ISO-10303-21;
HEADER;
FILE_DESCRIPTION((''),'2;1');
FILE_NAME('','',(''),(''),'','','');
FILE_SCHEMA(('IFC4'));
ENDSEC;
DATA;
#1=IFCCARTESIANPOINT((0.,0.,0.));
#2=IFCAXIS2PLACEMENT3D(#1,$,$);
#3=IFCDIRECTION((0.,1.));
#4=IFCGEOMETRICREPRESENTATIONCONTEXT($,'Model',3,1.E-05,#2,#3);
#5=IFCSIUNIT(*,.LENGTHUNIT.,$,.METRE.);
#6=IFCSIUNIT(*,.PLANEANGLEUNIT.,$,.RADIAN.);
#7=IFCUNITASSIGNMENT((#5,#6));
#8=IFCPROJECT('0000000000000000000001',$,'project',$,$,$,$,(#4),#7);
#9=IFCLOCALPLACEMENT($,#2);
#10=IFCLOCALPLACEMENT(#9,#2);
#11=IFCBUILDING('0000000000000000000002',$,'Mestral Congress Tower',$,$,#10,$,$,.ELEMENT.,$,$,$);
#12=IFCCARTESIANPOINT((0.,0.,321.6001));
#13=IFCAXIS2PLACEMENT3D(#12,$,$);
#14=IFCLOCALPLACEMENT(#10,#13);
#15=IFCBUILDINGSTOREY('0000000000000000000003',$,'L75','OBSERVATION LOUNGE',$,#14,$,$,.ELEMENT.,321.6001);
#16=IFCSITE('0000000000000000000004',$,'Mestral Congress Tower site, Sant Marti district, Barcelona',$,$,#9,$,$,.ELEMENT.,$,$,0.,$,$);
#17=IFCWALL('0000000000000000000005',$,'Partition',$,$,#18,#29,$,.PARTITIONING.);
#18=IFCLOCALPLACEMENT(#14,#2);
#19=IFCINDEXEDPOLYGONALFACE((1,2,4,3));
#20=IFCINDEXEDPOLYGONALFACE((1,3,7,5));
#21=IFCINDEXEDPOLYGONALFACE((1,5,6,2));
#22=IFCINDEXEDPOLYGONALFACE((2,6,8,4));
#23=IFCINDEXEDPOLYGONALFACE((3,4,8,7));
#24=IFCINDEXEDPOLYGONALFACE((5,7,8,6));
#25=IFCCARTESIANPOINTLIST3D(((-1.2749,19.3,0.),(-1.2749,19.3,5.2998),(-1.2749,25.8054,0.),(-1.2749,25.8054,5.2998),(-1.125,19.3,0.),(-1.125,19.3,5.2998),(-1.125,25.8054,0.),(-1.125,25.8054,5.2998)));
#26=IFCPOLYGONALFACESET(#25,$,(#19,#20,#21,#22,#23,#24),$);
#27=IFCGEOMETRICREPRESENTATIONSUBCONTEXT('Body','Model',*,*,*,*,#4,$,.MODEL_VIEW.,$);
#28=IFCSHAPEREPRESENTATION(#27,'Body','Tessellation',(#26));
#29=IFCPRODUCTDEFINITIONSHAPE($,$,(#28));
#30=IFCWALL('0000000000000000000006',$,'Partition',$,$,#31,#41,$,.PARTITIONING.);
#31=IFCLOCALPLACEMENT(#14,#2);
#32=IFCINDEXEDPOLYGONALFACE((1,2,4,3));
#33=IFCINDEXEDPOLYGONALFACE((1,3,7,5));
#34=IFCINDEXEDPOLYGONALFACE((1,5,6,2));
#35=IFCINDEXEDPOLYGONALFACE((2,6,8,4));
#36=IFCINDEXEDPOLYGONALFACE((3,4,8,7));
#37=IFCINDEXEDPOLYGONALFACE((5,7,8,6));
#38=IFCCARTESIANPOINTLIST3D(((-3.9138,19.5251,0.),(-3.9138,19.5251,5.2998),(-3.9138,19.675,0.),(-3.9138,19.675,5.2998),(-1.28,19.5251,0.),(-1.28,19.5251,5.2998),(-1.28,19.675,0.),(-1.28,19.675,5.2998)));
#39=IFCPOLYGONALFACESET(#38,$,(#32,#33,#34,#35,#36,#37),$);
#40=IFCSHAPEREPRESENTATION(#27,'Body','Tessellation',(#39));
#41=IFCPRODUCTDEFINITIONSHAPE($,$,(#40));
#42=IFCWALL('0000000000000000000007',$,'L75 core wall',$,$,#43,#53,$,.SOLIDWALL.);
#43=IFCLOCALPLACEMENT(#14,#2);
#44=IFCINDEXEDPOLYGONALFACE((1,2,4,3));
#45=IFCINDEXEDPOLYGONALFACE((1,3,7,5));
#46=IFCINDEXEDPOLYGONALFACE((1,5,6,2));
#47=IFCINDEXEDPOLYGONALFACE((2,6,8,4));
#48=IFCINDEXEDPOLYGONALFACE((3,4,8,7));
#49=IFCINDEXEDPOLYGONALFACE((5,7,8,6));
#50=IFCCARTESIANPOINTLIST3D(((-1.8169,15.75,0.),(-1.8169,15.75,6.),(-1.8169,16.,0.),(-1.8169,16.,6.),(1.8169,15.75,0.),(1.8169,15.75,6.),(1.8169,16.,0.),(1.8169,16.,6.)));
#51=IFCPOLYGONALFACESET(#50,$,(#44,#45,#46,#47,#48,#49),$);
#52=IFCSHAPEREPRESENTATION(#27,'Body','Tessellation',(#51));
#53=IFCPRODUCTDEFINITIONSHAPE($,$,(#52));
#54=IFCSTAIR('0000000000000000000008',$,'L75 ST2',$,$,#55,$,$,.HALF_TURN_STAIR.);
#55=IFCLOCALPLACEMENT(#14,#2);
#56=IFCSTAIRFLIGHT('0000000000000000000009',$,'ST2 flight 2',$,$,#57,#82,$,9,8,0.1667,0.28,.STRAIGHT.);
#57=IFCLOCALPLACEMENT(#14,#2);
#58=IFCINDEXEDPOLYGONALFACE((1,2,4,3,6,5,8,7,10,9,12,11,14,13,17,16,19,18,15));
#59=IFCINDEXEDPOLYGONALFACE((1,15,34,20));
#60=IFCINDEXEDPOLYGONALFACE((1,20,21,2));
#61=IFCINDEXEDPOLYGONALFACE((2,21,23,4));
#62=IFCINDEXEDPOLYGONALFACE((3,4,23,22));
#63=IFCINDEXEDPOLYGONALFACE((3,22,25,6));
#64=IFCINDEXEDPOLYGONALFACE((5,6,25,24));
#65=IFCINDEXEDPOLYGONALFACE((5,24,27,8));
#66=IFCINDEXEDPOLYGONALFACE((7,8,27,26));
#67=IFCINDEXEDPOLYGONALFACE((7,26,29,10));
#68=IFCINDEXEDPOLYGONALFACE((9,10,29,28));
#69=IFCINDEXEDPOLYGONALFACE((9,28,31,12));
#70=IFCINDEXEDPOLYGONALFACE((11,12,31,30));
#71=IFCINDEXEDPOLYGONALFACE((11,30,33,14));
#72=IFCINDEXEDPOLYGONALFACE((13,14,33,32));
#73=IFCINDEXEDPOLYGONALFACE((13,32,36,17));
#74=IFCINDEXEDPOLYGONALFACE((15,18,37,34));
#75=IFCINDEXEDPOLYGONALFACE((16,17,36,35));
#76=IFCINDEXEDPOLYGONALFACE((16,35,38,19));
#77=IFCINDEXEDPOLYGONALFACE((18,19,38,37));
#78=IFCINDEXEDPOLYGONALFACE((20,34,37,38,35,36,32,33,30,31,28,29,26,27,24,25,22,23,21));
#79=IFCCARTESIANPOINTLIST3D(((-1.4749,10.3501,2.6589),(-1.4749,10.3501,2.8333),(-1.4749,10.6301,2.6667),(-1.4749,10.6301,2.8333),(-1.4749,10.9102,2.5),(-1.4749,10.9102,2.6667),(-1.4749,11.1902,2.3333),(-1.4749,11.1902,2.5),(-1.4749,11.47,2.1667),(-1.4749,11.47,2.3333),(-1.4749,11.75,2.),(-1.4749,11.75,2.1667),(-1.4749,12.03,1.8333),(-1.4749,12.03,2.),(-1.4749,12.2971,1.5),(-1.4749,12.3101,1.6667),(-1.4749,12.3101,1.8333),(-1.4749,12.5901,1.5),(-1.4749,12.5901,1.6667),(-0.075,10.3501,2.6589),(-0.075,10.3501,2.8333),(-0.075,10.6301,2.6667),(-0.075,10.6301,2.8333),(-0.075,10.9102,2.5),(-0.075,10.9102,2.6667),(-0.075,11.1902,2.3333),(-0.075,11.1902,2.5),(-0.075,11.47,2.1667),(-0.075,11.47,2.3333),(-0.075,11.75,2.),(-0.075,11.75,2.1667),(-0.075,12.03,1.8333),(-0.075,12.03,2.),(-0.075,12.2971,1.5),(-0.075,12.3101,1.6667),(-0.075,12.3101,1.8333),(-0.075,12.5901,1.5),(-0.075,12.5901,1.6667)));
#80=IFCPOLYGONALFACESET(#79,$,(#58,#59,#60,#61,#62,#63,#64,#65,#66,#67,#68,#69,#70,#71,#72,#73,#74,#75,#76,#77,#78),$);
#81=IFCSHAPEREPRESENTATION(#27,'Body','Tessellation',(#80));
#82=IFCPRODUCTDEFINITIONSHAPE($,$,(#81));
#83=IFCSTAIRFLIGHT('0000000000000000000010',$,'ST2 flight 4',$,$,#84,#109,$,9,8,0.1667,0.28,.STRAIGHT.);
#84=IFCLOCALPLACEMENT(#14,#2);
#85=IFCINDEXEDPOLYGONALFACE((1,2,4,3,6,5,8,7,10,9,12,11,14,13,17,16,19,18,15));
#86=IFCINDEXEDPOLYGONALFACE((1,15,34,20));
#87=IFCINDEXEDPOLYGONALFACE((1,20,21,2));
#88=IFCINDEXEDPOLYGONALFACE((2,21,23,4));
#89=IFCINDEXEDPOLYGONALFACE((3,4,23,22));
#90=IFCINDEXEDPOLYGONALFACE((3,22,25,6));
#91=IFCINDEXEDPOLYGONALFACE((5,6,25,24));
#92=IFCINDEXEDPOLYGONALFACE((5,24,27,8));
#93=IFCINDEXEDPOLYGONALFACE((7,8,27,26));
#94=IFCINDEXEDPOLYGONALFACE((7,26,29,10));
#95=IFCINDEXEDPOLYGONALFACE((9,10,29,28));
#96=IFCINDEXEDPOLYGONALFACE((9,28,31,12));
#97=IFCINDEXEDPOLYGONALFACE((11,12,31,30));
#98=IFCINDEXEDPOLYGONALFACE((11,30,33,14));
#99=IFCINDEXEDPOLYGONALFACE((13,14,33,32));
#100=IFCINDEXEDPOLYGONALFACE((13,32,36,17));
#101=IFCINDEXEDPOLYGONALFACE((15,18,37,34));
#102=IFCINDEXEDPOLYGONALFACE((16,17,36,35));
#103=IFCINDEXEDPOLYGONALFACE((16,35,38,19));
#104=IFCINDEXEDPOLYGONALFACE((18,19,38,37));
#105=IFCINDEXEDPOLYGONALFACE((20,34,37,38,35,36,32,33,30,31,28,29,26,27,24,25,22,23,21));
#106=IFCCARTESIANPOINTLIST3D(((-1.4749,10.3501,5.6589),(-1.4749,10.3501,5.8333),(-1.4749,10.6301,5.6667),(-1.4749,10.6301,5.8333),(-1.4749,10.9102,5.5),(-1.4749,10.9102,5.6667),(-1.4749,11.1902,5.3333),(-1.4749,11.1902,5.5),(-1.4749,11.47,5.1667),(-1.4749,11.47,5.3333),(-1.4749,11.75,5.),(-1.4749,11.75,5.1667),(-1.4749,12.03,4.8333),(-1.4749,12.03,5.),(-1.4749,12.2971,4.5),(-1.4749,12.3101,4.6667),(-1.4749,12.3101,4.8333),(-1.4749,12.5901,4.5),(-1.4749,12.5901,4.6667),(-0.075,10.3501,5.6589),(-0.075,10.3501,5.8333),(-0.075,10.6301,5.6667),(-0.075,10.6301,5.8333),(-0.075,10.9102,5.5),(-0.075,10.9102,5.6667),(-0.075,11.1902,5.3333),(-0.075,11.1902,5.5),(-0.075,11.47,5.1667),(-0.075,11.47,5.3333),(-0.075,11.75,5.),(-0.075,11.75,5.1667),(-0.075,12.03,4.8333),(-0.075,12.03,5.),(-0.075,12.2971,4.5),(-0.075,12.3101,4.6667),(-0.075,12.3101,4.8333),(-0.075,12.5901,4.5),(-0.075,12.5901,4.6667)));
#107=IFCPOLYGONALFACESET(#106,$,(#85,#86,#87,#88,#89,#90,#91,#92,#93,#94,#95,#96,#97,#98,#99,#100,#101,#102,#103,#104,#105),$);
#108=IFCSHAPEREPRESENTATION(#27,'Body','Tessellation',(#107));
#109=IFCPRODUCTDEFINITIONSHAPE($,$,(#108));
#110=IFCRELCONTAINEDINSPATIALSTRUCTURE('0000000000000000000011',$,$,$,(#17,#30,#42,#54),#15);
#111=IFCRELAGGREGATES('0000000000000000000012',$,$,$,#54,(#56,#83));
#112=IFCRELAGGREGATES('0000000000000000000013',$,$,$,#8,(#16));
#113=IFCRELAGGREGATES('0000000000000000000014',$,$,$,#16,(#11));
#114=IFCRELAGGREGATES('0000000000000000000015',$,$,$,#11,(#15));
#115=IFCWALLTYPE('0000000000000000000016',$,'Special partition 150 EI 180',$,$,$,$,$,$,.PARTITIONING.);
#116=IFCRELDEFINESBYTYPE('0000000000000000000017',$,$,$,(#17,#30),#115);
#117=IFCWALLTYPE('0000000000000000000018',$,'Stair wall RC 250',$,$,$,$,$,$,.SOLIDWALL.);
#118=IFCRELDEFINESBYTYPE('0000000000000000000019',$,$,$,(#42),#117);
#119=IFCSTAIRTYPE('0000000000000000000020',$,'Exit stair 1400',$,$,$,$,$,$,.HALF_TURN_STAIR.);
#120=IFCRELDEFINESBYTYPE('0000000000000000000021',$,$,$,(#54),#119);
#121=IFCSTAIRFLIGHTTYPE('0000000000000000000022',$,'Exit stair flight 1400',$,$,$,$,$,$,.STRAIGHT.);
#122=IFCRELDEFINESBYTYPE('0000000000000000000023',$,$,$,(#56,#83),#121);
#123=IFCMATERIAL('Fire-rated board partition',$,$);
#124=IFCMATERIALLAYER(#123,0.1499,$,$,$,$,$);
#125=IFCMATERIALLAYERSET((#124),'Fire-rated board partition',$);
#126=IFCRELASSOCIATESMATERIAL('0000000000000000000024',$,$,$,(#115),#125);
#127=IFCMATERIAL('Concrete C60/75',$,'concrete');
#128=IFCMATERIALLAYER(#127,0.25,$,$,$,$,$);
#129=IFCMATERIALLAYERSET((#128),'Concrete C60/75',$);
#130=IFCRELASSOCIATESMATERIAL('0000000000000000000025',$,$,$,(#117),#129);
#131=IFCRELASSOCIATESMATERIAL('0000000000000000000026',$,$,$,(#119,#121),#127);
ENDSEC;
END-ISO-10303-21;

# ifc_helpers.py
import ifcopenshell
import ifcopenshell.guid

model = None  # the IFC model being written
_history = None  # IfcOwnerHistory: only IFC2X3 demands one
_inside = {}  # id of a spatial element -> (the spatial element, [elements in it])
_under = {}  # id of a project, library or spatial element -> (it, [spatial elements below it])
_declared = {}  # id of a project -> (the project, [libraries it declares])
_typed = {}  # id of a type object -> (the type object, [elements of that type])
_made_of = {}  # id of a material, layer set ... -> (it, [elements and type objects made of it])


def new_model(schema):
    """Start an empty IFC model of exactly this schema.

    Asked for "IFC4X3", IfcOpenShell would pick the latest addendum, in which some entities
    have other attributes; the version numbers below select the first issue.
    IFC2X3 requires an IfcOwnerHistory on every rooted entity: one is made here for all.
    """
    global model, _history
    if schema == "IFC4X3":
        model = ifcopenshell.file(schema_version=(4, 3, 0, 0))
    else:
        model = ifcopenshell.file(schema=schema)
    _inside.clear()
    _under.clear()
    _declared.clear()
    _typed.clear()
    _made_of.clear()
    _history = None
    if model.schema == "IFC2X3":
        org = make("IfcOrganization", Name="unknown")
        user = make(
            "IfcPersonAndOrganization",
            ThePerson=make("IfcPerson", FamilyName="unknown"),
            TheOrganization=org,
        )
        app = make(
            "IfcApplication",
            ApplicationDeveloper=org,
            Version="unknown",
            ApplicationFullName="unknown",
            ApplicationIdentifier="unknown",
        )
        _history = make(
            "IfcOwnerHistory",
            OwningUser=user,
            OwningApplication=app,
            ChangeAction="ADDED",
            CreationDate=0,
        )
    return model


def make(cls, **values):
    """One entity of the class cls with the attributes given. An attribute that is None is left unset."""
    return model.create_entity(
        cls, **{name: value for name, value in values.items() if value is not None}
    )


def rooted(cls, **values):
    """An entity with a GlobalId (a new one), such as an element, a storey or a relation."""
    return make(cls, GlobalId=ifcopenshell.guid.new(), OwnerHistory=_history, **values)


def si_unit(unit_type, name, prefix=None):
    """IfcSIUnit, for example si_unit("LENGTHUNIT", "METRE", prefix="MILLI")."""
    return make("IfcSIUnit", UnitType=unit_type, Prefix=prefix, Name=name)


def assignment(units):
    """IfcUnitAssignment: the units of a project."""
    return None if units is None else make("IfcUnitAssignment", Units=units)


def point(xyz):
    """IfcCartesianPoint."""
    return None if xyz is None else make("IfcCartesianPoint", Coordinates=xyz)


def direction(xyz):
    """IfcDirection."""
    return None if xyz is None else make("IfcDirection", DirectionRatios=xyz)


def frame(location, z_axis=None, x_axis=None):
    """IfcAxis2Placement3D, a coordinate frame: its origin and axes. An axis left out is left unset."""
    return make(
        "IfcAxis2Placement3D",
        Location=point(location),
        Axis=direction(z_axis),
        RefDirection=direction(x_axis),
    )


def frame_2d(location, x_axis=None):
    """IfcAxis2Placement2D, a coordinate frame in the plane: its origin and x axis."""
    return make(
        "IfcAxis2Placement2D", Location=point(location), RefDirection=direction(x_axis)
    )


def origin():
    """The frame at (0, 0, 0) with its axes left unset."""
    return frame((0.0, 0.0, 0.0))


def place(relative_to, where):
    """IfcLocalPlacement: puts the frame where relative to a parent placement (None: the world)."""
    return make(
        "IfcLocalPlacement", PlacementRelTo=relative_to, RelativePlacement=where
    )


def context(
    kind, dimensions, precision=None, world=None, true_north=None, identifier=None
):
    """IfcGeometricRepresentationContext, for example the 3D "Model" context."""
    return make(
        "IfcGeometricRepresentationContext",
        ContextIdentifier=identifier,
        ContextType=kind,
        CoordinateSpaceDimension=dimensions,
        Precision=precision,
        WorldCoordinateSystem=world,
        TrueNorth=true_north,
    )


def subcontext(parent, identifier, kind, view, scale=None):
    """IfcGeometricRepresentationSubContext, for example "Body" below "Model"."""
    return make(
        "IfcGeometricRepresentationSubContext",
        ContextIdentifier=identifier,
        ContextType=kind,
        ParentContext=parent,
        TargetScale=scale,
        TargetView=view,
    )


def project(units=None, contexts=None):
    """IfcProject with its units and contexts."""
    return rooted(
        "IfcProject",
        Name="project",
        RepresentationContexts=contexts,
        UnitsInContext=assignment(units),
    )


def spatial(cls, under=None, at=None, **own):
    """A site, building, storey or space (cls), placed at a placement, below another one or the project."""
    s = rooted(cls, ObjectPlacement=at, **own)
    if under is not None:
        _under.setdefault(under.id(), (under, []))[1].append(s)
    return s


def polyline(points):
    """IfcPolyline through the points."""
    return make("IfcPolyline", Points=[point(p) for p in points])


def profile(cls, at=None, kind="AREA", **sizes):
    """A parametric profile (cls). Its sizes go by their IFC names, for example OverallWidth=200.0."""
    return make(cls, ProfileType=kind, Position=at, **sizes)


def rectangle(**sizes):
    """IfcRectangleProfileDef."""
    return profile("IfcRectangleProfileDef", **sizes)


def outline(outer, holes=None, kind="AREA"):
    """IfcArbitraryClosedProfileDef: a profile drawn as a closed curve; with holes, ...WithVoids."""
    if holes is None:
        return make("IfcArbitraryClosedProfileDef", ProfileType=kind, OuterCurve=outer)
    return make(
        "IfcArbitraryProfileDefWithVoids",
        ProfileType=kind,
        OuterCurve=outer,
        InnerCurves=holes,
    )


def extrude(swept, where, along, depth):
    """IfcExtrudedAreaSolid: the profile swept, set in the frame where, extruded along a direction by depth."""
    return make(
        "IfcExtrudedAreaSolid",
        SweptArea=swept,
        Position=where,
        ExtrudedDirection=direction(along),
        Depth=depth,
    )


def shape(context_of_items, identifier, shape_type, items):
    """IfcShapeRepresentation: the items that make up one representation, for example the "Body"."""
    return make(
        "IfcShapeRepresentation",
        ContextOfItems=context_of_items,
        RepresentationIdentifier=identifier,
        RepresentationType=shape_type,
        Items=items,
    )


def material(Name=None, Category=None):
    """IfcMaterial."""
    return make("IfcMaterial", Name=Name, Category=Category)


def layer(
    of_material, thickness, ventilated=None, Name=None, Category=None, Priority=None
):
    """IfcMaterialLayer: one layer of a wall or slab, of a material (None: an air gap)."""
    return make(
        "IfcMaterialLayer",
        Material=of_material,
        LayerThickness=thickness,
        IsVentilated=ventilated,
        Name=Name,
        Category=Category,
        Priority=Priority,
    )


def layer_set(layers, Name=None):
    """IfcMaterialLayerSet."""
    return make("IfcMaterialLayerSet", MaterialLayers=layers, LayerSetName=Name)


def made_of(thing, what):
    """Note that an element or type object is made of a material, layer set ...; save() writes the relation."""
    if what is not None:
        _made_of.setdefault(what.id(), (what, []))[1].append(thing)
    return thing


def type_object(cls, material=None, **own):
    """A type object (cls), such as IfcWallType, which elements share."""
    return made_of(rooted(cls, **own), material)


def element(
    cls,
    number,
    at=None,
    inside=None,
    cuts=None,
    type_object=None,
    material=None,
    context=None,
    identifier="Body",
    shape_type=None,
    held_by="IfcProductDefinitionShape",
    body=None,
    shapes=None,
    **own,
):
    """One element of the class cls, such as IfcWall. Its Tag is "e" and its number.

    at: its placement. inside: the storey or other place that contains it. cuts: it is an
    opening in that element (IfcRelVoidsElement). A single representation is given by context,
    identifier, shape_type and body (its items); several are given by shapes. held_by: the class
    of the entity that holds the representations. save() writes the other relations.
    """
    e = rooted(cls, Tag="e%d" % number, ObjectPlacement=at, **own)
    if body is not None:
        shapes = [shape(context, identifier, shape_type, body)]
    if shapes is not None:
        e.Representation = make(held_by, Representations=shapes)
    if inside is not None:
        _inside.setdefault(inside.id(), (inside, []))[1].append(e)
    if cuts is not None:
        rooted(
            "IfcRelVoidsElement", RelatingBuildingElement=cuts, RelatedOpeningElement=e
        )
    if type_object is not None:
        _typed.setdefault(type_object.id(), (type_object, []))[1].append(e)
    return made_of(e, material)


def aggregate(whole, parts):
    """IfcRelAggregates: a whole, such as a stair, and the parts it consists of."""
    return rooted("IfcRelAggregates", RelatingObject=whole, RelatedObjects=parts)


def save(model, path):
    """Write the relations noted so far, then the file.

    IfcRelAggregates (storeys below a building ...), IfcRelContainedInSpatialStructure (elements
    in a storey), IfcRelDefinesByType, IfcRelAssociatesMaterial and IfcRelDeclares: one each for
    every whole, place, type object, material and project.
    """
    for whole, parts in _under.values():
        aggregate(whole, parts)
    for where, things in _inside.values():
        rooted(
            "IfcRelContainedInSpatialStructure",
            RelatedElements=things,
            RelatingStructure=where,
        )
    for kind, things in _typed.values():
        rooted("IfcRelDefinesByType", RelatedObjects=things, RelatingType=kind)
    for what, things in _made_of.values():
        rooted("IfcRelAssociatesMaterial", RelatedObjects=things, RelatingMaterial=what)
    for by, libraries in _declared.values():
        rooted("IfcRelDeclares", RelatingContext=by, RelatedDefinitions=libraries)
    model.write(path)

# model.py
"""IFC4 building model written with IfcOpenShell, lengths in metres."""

from ifc_helpers import new_model, si_unit, direction, frame, frame_2d, origin, place, context, subcontext, project, spatial, polyline, rectangle, outline, extrude, material, layer, layer_set, type_object, element, aggregate, save


model = new_model("IFC4")

# Units and contexts
model_context = context("Model", 3, precision=1e-05, world=origin(), true_north=direction((0.0, 1.0)))
body_context = subcontext(model_context, "Body", "Model", "MODEL_VIEW")
ifc_project = project(units=[si_unit("LENGTHUNIT", "METRE"), si_unit("PLANEANGLEUNIT", "RADIAN")], contexts=[model_context])

# Site, building, storey
site_placement = place(None, origin())
site = spatial("IfcSite", under=ifc_project, at=site_placement, Name="Mestral Congress Tower site, Sant Marti district, Barcelona", CompositionType="ELEMENT", RefElevation=0.0)
building_placement = place(site_placement, origin())
building = spatial("IfcBuilding", under=site, at=building_placement, Name="Mestral Congress Tower", CompositionType="ELEMENT")
storey_placement = place(building_placement, frame((0.0, 0.0, 321.6001)))
storey = spatial("IfcBuildingStorey", under=building, at=storey_placement, Name="L75", Description="OBSERVATION LOUNGE", CompositionType="ELEMENT", Elevation=321.6001)

# Shared definitions
ifc_material_1 = material(Name="Concrete C60/75", Category="concrete")

# Shared definitions
placement = place(storey_placement, origin())

# Shared definitions
ifc_material_2 = material(Name="Fire-rated board partition")
ifc_layer_1 = layer(ifc_material_2, 0.1499)
ifc_layer_set_1 = layer_set([ifc_layer_1], Name="Fire-rated board partition")
wall_type_1 = type_object("IfcWallType", Name="Special partition 150 EI 180", PredefinedType="PARTITIONING", material=ifc_layer_set_1)

# Walls
wall_1_placement = place(storey_placement, frame((-1.2, 19.3, 0.0), z_axis=(0.0, 0.0, 1.0), x_axis=(0.0, 1.0, 0.0)))
element("IfcWall", 1, at=wall_1_placement, inside=storey, type_object=wall_type_1, Name="Partition", PredefinedType="PARTITIONING", context=body_context, shape_type="SweptSolid", body=[
    extrude(rectangle(XDim=6.5054, YDim=0.1499, at=frame_2d((3.2527, 0.0))), origin(), (0.0, 0.0, 1.0), 5.2998),
])
wall_2_placement = place(storey_placement, frame((-3.9138, 19.6001, 0.0), z_axis=(0.0, 0.0, 1.0), x_axis=(1.0, 0.0, 0.0)))
element("IfcWall", 2, at=wall_2_placement, inside=storey, type_object=wall_type_1, Name="Partition", PredefinedType="PARTITIONING", context=body_context, shape_type="SweptSolid", body=[
    extrude(rectangle(XDim=2.6338, YDim=0.1499, at=frame_2d((1.3169, 0.0))), origin(), (0.0, 0.0, 1.0), 5.2998),
])
ifc_layer_2 = layer(ifc_material_1, 0.25)
ifc_layer_set_2 = layer_set([ifc_layer_2], Name="Concrete C60/75")
wall_type_2 = type_object("IfcWallType", Name="Stair wall RC 250", PredefinedType="SOLIDWALL", material=ifc_layer_set_2)
wall_3_placement = place(storey_placement, frame((-1.8169, 15.875, 0.0), z_axis=(0.0, 0.0, 1.0), x_axis=(1.0, 0.0, 0.0)))
element("IfcWall", 3, at=wall_3_placement, inside=storey, type_object=wall_type_2, Name="L75 core wall", PredefinedType="SOLIDWALL", context=body_context, shape_type="SweptSolid", body=[
    extrude(rectangle(XDim=3.6338, YDim=0.25, at=frame_2d((1.8169, 0.0))), origin(), (0.0, 0.0, 1.0), 6.0),
])

# Stair, stair flights
stair_type = type_object("IfcStairType", Name="Exit stair 1400", PredefinedType="HALF_TURN_STAIR", material=ifc_material_1)
stair = element("IfcStair", 4, at=placement, inside=storey, type_object=stair_type, Name="L75 ST2", PredefinedType="HALF_TURN_STAIR")
stair_flight_type = type_object("IfcStairFlightType", Name="Exit stair flight 1400", PredefinedType="STRAIGHT", material=ifc_material_1)
stair_flight_1_placement = place(storey_placement, frame((-0.7749, 12.5901, 1.5), z_axis=(0.0, 0.0, 1.0), x_axis=(0.0, -1.0, 0.0)))
stair_flight_1 = element("IfcStairFlight", 5, at=stair_flight_1_placement, type_object=stair_flight_type, Name="ST2 flight 2", NumberOfRisers=9, NumberOfTreads=8, PredefinedType="STRAIGHT", RiserHeight=0.1667, TreadLength=0.28, context=body_context, shape_type="SweptSolid", body=[
    extrude(outline(polyline([(0.0, 0.0), (0.0, 0.1667), (0.28, 0.1667), (0.28, 0.3333), (0.5601, 0.3333), (0.5601, 0.5), (0.8401, 0.5), (0.8401, 0.6667), (1.1201, 0.6667), (1.1201, 0.8333), (1.3999, 0.8333), (1.3999, 1.0), (1.6799, 1.0), (1.6799, 1.1667), (1.96, 1.1667), (1.96, 1.3333), (2.24, 1.3333), (2.24, 1.5), (2.24, 1.1589), (0.293, 0.0), (0.0, 0.0)])), frame((0.0, 0.7, 0.0), z_axis=(0.0, -1.0, 0.0), x_axis=(1.0, 0.0, 0.0)), (0.0, 0.0, 1.0), 1.3999),
])
stair_flight_2_placement = place(storey_placement, frame((-0.7749, 12.5901, 4.5), z_axis=(0.0, 0.0, 1.0), x_axis=(0.0, -1.0, 0.0)))
stair_flight_2 = element("IfcStairFlight", 6, at=stair_flight_2_placement, type_object=stair_flight_type, Name="ST2 flight 4", NumberOfRisers=9, NumberOfTreads=8, PredefinedType="STRAIGHT", RiserHeight=0.1667, TreadLength=0.28, context=body_context, shape_type="SweptSolid", body=[
    extrude(outline(polyline([(0.0, 0.0), (0.0, 0.1667), (0.28, 0.1667), (0.28, 0.3333), (0.5601, 0.3333), (0.5601, 0.5), (0.8401, 0.5), (0.8401, 0.6667), (1.1201, 0.6667), (1.1201, 0.8333), (1.3999, 0.8333), (1.3999, 1.0), (1.6799, 1.0), (1.6799, 1.1667), (1.96, 1.1667), (1.96, 1.3333), (2.24, 1.3333), (2.24, 1.5), (2.24, 1.1589), (0.293, 0.0), (0.0, 0.0)])), frame((0.0, 0.7, 0.0), z_axis=(0.0, -1.0, 0.0), x_axis=(1.0, 0.0, 0.0)), (0.0, 0.0, 1.0), 1.3999),
])
aggregate(stair, [stair_flight_1, stair_flight_2])

save(model, "model.ifc")
